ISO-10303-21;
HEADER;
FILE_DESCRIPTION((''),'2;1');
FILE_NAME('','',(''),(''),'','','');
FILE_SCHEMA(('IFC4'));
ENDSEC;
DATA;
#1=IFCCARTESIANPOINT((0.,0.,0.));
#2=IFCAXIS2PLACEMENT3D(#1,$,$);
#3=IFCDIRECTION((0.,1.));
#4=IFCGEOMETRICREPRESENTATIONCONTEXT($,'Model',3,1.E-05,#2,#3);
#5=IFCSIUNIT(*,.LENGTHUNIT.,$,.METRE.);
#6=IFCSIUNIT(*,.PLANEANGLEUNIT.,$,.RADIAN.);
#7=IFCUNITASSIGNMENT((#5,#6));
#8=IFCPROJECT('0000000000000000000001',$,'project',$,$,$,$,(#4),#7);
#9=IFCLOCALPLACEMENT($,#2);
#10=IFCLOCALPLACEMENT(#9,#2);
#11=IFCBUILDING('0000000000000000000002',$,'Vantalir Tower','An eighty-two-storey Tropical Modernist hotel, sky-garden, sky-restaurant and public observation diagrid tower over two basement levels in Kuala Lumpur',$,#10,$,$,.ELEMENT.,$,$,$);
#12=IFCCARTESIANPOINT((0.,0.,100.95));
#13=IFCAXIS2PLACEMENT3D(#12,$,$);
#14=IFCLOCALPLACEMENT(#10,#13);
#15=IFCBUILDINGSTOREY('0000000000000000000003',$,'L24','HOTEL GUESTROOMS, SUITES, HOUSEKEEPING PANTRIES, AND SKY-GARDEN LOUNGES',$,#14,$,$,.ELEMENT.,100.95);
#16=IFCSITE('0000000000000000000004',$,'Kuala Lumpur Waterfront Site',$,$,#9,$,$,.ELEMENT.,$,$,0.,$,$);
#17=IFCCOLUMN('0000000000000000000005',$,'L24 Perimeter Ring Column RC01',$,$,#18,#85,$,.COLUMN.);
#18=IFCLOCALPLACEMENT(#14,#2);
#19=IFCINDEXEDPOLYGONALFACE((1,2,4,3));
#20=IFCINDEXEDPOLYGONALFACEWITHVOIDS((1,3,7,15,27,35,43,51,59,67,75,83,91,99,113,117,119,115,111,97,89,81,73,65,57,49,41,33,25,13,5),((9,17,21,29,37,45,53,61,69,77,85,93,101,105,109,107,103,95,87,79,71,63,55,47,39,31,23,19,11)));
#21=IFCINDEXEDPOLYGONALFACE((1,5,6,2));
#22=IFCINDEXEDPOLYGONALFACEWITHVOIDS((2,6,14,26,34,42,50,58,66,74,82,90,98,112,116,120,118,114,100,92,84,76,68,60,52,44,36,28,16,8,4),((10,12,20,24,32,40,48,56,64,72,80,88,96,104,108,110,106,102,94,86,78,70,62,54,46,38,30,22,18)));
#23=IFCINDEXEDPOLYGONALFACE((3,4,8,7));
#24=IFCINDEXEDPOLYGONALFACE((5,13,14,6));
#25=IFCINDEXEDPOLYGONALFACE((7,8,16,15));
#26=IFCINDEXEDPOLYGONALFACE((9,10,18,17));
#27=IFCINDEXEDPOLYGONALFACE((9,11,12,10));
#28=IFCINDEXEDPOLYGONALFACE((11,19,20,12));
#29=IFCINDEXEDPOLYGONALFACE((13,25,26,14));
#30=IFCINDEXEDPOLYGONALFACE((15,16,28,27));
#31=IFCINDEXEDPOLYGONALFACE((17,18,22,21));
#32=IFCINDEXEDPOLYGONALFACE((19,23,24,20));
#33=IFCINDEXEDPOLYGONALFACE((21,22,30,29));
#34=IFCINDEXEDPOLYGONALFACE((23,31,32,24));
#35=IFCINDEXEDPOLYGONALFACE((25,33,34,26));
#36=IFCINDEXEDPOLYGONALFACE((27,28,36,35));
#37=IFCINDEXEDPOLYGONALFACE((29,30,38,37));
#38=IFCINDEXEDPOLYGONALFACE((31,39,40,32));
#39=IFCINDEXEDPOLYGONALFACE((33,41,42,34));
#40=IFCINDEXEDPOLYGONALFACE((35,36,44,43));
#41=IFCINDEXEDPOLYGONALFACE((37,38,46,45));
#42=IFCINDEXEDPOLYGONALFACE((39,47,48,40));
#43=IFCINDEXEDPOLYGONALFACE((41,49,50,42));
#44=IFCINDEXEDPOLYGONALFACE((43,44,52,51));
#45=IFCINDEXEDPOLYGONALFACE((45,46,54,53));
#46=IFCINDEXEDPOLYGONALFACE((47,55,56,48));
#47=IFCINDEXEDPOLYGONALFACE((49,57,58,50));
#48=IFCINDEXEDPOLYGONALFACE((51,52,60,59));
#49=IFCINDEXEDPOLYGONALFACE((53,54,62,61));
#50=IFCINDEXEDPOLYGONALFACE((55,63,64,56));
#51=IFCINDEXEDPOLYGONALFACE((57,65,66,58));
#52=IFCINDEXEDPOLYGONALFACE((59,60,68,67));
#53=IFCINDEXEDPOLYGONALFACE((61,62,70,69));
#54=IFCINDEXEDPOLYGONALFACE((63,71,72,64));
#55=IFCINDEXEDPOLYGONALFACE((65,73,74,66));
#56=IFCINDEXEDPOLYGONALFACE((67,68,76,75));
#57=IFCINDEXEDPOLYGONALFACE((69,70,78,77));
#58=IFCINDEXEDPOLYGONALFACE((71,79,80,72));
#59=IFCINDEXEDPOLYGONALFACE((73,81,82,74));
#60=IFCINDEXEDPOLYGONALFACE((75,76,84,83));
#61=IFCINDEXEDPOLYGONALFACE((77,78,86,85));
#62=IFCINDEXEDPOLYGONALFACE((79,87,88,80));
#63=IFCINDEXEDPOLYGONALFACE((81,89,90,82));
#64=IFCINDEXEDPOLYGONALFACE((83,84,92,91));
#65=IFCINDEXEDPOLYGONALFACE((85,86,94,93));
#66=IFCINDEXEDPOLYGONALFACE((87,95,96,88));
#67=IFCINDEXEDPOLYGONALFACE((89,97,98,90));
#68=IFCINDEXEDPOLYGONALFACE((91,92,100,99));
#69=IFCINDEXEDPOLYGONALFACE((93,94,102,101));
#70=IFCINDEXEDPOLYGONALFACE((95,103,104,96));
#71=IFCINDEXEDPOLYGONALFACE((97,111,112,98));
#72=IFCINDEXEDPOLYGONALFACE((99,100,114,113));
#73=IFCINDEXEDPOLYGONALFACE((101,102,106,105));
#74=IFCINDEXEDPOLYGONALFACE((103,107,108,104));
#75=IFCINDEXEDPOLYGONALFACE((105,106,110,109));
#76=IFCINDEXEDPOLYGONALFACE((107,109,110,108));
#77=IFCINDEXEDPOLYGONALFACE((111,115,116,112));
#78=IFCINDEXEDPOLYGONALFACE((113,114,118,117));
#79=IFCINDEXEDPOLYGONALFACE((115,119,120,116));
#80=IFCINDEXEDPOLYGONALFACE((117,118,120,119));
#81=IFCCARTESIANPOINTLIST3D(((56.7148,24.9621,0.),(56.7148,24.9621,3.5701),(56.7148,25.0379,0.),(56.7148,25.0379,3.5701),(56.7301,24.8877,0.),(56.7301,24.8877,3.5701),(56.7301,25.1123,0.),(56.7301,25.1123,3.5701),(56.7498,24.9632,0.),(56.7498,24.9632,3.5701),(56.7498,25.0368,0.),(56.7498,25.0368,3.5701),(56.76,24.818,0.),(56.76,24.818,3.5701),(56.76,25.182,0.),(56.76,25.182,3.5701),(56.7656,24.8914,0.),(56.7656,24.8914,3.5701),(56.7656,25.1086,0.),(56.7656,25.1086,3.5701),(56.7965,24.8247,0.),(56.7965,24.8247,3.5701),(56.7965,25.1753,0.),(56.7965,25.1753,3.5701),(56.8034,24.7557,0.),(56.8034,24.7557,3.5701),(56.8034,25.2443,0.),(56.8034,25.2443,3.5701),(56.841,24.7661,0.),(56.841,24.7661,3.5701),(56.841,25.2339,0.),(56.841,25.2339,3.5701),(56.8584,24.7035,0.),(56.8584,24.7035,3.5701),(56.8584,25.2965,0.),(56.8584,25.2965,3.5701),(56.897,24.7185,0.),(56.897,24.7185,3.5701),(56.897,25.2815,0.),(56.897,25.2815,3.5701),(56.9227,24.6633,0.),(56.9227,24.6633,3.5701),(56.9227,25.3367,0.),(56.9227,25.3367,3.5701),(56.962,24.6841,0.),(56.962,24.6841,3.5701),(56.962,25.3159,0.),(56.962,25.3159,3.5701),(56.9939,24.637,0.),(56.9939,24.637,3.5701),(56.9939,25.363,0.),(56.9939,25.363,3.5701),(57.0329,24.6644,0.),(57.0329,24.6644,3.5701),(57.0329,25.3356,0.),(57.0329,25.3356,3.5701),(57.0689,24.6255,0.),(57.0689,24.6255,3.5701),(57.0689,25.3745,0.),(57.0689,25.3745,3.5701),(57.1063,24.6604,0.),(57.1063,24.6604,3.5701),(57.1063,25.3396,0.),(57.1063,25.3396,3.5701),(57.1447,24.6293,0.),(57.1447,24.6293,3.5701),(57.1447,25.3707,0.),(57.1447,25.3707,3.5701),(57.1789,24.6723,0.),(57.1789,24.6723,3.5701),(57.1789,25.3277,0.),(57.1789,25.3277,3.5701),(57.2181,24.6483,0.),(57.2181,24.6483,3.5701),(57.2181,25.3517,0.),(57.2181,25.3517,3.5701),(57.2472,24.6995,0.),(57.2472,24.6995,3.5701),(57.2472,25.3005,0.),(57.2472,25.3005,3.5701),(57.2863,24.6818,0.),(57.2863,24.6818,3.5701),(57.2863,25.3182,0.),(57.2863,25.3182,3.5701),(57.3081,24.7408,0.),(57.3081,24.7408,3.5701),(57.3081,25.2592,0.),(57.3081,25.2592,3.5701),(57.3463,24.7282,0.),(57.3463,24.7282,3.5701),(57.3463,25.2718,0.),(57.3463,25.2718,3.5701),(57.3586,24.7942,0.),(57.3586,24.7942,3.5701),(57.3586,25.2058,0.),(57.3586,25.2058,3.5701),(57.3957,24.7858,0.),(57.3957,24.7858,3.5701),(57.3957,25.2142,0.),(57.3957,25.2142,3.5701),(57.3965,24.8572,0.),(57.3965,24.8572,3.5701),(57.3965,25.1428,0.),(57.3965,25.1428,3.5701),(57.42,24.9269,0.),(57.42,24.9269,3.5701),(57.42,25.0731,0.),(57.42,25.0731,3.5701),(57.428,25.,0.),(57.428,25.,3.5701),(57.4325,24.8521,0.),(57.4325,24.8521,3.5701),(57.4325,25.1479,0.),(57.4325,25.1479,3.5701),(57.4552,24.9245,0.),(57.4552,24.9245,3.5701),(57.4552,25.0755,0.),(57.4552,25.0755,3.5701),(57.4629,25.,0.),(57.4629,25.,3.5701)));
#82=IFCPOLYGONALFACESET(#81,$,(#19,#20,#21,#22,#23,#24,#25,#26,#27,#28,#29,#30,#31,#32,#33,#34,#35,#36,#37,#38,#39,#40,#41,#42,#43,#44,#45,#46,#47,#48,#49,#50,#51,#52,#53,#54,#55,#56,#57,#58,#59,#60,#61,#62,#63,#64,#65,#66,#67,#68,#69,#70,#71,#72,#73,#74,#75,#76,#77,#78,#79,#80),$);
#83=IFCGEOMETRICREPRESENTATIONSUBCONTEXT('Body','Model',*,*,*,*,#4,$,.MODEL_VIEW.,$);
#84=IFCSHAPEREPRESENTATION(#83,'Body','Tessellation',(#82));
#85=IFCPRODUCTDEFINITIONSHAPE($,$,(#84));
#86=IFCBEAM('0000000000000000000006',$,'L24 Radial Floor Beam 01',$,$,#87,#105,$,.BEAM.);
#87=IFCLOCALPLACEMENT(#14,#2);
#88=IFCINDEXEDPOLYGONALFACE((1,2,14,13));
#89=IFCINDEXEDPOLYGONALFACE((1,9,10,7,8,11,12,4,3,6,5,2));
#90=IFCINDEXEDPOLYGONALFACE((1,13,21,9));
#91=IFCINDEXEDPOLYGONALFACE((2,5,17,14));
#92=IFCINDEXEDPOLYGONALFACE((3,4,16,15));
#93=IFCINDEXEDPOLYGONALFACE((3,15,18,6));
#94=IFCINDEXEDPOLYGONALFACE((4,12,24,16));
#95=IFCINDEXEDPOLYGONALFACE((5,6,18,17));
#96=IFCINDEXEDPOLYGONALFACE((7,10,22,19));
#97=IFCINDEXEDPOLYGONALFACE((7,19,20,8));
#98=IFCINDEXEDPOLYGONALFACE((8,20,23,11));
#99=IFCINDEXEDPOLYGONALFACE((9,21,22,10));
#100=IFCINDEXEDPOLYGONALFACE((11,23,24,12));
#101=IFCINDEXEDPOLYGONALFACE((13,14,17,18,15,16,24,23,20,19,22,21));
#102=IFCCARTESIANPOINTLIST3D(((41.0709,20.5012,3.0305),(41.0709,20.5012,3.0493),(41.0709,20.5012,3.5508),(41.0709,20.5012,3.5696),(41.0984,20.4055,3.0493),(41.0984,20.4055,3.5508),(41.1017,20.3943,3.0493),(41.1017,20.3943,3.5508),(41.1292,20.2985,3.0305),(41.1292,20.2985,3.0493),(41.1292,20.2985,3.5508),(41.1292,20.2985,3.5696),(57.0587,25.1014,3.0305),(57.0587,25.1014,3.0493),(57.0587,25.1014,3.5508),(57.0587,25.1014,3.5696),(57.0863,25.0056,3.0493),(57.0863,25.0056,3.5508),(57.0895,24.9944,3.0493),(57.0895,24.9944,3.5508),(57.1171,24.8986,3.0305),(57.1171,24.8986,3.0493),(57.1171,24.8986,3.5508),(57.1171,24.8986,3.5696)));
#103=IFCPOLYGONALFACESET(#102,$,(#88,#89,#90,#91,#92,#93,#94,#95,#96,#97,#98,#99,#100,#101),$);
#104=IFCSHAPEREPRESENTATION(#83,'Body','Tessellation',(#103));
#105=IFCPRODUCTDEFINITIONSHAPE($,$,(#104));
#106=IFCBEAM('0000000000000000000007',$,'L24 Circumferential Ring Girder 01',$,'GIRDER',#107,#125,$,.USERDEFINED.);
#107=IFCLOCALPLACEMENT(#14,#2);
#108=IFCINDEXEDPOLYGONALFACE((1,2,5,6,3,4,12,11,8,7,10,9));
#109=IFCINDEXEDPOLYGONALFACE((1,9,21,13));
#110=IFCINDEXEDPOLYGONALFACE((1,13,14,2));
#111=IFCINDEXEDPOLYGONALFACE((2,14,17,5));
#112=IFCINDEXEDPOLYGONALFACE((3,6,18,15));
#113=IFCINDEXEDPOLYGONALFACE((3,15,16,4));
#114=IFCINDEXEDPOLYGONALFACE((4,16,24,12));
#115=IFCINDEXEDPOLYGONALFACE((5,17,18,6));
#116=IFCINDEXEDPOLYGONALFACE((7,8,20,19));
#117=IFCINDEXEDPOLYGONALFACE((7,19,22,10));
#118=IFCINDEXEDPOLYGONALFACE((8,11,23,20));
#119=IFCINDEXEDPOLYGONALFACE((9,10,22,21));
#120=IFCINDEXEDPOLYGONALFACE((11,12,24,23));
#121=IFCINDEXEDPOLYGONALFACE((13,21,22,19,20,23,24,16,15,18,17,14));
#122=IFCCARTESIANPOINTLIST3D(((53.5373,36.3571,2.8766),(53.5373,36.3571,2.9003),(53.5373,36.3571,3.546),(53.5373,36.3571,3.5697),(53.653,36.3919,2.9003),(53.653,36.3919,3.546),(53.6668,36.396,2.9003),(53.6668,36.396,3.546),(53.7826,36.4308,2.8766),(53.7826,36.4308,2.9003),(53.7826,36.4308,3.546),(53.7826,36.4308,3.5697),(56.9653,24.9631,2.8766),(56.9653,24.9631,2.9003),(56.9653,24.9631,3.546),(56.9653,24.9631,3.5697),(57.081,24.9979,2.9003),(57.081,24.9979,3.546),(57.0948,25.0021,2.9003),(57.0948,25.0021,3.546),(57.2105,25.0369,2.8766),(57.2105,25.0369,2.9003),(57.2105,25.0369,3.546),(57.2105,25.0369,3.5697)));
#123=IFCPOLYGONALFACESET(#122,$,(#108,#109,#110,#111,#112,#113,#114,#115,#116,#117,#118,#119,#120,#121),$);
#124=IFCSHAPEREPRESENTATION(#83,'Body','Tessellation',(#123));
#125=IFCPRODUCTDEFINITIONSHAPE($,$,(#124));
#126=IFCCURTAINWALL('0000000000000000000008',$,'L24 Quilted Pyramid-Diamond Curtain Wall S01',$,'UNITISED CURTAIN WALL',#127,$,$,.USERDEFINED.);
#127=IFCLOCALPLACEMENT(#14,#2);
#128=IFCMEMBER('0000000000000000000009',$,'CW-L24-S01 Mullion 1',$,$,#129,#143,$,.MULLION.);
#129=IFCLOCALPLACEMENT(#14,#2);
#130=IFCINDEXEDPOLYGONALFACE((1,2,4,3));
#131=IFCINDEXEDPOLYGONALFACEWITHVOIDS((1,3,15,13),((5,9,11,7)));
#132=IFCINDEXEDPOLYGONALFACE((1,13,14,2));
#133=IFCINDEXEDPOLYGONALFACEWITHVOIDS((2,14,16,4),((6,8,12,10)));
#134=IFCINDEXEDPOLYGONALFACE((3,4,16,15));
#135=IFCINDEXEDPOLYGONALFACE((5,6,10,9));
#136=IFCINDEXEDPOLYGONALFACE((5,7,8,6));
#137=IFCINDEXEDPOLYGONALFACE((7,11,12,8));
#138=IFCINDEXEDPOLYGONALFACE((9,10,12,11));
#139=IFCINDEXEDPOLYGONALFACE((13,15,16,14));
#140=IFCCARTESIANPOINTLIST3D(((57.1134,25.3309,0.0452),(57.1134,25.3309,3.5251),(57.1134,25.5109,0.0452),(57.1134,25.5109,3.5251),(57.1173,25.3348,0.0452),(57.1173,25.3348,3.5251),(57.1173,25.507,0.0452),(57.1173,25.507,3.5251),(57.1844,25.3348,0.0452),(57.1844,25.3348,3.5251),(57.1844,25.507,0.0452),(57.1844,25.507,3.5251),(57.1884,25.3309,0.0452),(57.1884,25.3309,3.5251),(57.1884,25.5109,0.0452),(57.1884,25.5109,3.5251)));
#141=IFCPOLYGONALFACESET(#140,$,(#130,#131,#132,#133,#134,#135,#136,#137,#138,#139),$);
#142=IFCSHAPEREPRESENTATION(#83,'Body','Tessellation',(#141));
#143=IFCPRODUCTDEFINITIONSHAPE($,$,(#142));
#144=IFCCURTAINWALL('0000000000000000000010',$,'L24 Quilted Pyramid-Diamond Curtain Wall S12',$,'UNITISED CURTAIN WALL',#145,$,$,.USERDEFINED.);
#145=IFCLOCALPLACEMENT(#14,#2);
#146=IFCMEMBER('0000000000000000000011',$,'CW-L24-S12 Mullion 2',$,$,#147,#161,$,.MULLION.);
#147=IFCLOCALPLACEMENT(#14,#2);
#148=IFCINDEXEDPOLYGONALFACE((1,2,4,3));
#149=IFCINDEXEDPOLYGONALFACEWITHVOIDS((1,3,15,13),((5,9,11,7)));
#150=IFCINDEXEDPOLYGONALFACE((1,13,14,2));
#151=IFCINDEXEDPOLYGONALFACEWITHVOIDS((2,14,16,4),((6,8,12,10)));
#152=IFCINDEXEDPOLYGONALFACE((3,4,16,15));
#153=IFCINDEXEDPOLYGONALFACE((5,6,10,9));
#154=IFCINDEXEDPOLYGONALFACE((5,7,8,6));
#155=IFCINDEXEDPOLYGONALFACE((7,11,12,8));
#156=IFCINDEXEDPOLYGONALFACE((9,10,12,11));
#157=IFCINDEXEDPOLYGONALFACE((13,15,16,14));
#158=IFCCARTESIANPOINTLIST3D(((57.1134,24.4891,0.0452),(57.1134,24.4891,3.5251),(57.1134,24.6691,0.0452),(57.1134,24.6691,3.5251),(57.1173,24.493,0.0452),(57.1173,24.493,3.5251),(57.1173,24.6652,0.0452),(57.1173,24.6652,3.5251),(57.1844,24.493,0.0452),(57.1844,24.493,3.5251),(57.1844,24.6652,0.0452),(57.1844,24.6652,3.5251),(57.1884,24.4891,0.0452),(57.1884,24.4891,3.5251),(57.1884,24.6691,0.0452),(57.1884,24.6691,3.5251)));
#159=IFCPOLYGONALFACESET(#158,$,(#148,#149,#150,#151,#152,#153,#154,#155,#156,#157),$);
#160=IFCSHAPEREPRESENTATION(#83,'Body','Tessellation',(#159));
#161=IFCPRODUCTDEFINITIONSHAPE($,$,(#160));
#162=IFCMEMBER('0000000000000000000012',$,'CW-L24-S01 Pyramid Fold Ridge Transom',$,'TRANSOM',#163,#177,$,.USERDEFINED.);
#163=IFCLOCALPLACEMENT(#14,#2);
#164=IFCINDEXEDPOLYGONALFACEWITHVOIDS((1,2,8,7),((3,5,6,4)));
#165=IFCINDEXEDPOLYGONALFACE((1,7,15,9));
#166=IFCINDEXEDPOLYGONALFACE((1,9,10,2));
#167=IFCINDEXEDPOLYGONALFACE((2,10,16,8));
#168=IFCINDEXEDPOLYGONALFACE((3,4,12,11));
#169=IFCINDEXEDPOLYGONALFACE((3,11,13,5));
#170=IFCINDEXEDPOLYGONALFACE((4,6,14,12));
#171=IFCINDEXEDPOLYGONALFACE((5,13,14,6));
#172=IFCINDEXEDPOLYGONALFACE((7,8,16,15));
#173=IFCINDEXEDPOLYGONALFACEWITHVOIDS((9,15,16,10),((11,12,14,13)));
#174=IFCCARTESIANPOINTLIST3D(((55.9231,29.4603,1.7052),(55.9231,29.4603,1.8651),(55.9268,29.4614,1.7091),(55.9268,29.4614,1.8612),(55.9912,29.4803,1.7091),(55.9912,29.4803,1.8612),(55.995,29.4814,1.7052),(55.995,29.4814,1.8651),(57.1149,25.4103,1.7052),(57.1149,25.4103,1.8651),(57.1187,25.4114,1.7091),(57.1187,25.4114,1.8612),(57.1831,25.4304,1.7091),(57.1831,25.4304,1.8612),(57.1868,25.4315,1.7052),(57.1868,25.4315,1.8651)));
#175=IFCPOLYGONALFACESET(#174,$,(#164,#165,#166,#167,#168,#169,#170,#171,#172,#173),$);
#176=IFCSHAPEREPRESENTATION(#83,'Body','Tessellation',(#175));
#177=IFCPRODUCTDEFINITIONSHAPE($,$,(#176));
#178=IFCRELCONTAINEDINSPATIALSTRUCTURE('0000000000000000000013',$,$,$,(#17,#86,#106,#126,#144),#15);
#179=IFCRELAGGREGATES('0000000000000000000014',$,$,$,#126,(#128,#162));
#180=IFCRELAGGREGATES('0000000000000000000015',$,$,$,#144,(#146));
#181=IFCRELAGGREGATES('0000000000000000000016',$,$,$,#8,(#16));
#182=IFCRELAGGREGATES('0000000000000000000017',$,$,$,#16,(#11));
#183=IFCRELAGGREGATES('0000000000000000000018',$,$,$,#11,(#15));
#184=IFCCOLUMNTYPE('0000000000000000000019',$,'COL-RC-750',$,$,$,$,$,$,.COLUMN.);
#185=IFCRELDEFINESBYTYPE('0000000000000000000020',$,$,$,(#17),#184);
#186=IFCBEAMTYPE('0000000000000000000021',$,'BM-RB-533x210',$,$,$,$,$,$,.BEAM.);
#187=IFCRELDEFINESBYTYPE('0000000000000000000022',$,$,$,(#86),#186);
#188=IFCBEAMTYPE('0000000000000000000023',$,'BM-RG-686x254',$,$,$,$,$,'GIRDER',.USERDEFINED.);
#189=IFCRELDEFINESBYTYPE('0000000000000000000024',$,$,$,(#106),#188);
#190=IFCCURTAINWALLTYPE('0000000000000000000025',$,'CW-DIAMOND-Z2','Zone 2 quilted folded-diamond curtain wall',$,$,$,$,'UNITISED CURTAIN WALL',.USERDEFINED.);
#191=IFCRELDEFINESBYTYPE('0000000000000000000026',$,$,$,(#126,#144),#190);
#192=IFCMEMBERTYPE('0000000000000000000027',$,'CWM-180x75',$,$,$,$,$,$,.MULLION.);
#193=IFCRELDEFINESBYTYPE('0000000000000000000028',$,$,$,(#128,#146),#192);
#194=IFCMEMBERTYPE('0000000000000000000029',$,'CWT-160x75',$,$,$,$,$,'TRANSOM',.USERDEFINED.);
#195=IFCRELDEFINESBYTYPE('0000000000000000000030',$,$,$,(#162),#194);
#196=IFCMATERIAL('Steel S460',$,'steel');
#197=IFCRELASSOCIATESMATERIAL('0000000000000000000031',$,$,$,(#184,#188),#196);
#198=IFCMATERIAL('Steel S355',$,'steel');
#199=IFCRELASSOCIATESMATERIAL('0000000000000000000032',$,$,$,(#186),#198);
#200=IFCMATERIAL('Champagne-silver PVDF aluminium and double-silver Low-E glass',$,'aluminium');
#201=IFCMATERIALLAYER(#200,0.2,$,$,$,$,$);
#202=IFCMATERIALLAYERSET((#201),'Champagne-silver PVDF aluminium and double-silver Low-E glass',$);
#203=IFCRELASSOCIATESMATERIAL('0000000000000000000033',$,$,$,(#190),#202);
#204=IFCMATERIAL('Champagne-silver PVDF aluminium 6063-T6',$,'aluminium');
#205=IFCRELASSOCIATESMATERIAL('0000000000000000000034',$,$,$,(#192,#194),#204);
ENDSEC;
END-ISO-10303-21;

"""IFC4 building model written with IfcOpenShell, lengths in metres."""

from ifc_helpers import new_model, si_unit, direction, frame, origin, origin_2d, place, context, subcontext, project, spatial, hollow_rectangle, hollow_circle, i_section, extrude, material, layer, layer_set, material_profile, profile_set, type_object, element, aggregate, save


model = new_model("IFC4")

# Units and contexts
model_context = context("Model", 3, precision=1e-05, world=origin(), true_north=direction((0.0, 1.0)))
body_context = subcontext(model_context, "Body", "Model", "MODEL_VIEW")
ifc_project = project(units=[si_unit("LENGTHUNIT", "METRE"), si_unit("PLANEANGLEUNIT", "RADIAN")], contexts=[model_context])

# Site, building, storey
site_placement = place(None, origin())
site = spatial("IfcSite", under=ifc_project, at=site_placement, Name="Kuala Lumpur Waterfront Site", CompositionType="ELEMENT", RefElevation=0.0)
building_placement = place(site_placement, origin())
building = spatial("IfcBuilding", under=site, at=building_placement, Name="Vantalir Tower", Description="An eighty-two-storey Tropical Modernist hotel, sky-garden, sky-restaurant and public observation diagrid tower over two basement levels in Kuala Lumpur", CompositionType="ELEMENT")
storey_placement = place(building_placement, frame((0.0, 0.0, 100.95)))
storey = spatial("IfcBuildingStorey", under=building, at=storey_placement, Name="L24", Description="HOTEL GUESTROOMS, SUITES, HOUSEKEEPING PANTRIES, AND SKY-GARDEN LOUNGES", CompositionType="ELEMENT", Elevation=100.95)

# Column
ifc_material_1 = material(Name="Steel S460", Category="steel")
ifc_material_profile_1 = material_profile(ifc_material_1, hollow_circle(Radius=0.375, WallThickness=0.0349, at=origin_2d()), Name="Steel S460")
ifc_profile_set_1 = profile_set([ifc_material_profile_1], Name="Steel S460")
column_type = type_object("IfcColumnType", Name="COL-RC-750", PredefinedType="COLUMN", material=ifc_profile_set_1)
column_placement = place(storey_placement, frame((57.0879, 25.0, 0.0), z_axis=(0.0, 0.0, 1.0), x_axis=(1.0, 0.0, 0.0)))
element("IfcColumn", 1, at=column_placement, inside=storey, type_object=column_type, Name="L24 Perimeter Ring Column RC01", PredefinedType="COLUMN", context=body_context, shape_type="SweptSolid", body=[
    extrude(hollow_circle(Radius=0.375, WallThickness=0.0349, at=origin_2d()), origin(), (0.0, 0.0, 1.0), 3.5701),
])

# Beams
ifc_material_2 = material(Name="Steel S355", Category="steel")
ifc_material_profile_2 = material_profile(ifc_material_2, i_section(OverallWidth=0.2109, OverallDepth=0.5391, WebThickness=0.0117, FlangeThickness=0.0188, at=origin_2d()), Name="Steel S355")
ifc_profile_set_2 = profile_set([ifc_material_profile_2], Name="Steel S355")
beam_type_1 = type_object("IfcBeamType", Name="BM-RB-533x210", PredefinedType="BEAM", material=ifc_profile_set_2)
beam_1_placement = place(storey_placement, frame((57.0879, 25.0, 3.3), z_axis=(-0.961012, -0.276508, 0.0), x_axis=(0.276508, -0.961012, 0.0)))
element("IfcBeam", 2, at=beam_1_placement, inside=storey, type_object=beam_type_1, Name="L24 Radial Floor Beam 01", PredefinedType="BEAM", context=body_context, shape_type="SweptSolid", body=[
    extrude(i_section(OverallWidth=0.2109, OverallDepth=0.5391, WebThickness=0.0117, FlangeThickness=0.0188, at=origin_2d()), origin(), (0.0, 0.0, 1.0), 16.6365),
])
ifc_material_profile_3 = material_profile(ifc_material_1, i_section(OverallWidth=0.2561, OverallDepth=0.6931, WebThickness=0.0144, FlangeThickness=0.0237, at=origin_2d()), Name="Steel S460")
ifc_profile_set_3 = profile_set([ifc_material_profile_3], Name="Steel S460")
beam_type_2 = type_object("IfcBeamType", Name="BM-RG-686x254", ElementType="GIRDER", PredefinedType="USERDEFINED", material=ifc_profile_set_3)
beam_2_placement = place(storey_placement, frame((57.0879, 25.0, 3.2231), z_axis=(-0.288101, 0.9576, 0.0), x_axis=(-0.9576, -0.288101, 0.0)))
element("IfcBeam", 3, at=beam_2_placement, inside=storey, type_object=beam_type_2, Name="L24 Circumferential Ring Girder 01", ObjectType="GIRDER", PredefinedType="USERDEFINED", context=body_context, shape_type="SweptSolid", body=[
    extrude(i_section(OverallWidth=0.2561, OverallDepth=0.6931, WebThickness=0.0144, FlangeThickness=0.0237, at=origin_2d()), origin(), (0.0, 0.0, 1.0), 11.8984),
])

# Curtain walls, members
ifc_material_3 = material(Name="Champagne-silver PVDF aluminium and double-silver Low-E glass", Category="aluminium")
ifc_layer_1 = layer(ifc_material_3, 0.2)
ifc_layer_set_1 = layer_set([ifc_layer_1], Name="Champagne-silver PVDF aluminium and double-silver Low-E glass")
curtain_wall_type = type_object("IfcCurtainWallType", Name="CW-DIAMOND-Z2", Description="Zone 2 quilted folded-diamond curtain wall", ElementType="UNITISED CURTAIN WALL", PredefinedType="USERDEFINED", material=ifc_layer_set_1)
curtain_wall_1_placement = place(storey_placement, origin())
curtain_wall_1 = element("IfcCurtainWall", 4, at=curtain_wall_1_placement, inside=storey, type_object=curtain_wall_type, Name="L24 Quilted Pyramid-Diamond Curtain Wall S01", ObjectType="UNITISED CURTAIN WALL", PredefinedType="USERDEFINED")
ifc_material_4 = material(Name="Champagne-silver PVDF aluminium 6063-T6", Category="aluminium")
ifc_material_profile_4 = material_profile(ifc_material_4, hollow_rectangle(XDim=0.075, YDim=0.1799, WallThickness=0.0039, at=origin_2d()), Name="Champagne-silver PVDF aluminium 6063-T6")
ifc_profile_set_4 = profile_set([ifc_material_profile_4], Name="Champagne-silver PVDF aluminium 6063-T6")
member_type_1 = type_object("IfcMemberType", Name="CWM-180x75", PredefinedType="MULLION", material=ifc_profile_set_4)
member_1_placement = place(storey_placement, frame((57.1509, 25.4209, 0.0452), z_axis=(0.0, 0.0, 1.0), x_axis=(1.0, 0.0, 0.0)))
member_1 = element("IfcMember", 5, at=member_1_placement, type_object=member_type_1, Name="CW-L24-S01 Mullion 1", PredefinedType="MULLION", context=body_context, shape_type="SweptSolid", body=[
    extrude(hollow_rectangle(XDim=0.075, YDim=0.1799, WallThickness=0.0039, at=origin_2d()), origin(), (0.0, 0.0, 1.0), 3.48),
])
curtain_wall_2_placement = place(storey_placement, origin())
curtain_wall_2 = element("IfcCurtainWall", 6, at=curtain_wall_2_placement, inside=storey, type_object=curtain_wall_type, Name="L24 Quilted Pyramid-Diamond Curtain Wall S12", ObjectType="UNITISED CURTAIN WALL", PredefinedType="USERDEFINED")
member_2_placement = place(storey_placement, frame((57.1509, 24.5791, 0.0452), z_axis=(0.0, 0.0, 1.0), x_axis=(1.0, 0.0, 0.0)))
member_2 = element("IfcMember", 7, at=member_2_placement, type_object=member_type_1, Name="CW-L24-S12 Mullion 2", PredefinedType="MULLION", context=body_context, shape_type="SweptSolid", body=[
    extrude(hollow_rectangle(XDim=0.075, YDim=0.1799, WallThickness=0.0039, at=origin_2d()), origin(), (0.0, 0.0, 1.0), 3.48),
])

# Member
ifc_material_profile_5 = material_profile(ifc_material_4, hollow_rectangle(XDim=0.075, YDim=0.1599, WallThickness=0.0039, at=origin_2d()), Name="Champagne-silver PVDF aluminium 6063-T6")
ifc_profile_set_5 = profile_set([ifc_material_profile_5], Name="Champagne-silver PVDF aluminium 6063-T6")
member_type_2 = type_object("IfcMemberType", Name="CWT-160x75", ElementType="TRANSOM", PredefinedType="USERDEFINED", material=ifc_profile_set_5)
member_3_placement = place(storey_placement, frame((57.1509, 25.4209, 1.7852), z_axis=(-0.28232, 0.95932, 0.0), x_axis=(-0.95932, -0.28232, 0.0)))
member_3 = element("IfcMember", 8, at=member_3_placement, type_object=member_type_2, Name="CW-L24-S01 Pyramid Fold Ridge Transom", ObjectType="TRANSOM", PredefinedType="USERDEFINED", context=body_context, shape_type="SweptSolid", body=[
    extrude(hollow_rectangle(XDim=0.075, YDim=0.1599, WallThickness=0.0039, at=origin_2d()), origin(), (0.0, 0.0, 1.0), 4.2217),
])
aggregate(curtain_wall_1, [member_1, member_3])

aggregate(curtain_wall_2, [member_2])

save(model, "model.ifc")
